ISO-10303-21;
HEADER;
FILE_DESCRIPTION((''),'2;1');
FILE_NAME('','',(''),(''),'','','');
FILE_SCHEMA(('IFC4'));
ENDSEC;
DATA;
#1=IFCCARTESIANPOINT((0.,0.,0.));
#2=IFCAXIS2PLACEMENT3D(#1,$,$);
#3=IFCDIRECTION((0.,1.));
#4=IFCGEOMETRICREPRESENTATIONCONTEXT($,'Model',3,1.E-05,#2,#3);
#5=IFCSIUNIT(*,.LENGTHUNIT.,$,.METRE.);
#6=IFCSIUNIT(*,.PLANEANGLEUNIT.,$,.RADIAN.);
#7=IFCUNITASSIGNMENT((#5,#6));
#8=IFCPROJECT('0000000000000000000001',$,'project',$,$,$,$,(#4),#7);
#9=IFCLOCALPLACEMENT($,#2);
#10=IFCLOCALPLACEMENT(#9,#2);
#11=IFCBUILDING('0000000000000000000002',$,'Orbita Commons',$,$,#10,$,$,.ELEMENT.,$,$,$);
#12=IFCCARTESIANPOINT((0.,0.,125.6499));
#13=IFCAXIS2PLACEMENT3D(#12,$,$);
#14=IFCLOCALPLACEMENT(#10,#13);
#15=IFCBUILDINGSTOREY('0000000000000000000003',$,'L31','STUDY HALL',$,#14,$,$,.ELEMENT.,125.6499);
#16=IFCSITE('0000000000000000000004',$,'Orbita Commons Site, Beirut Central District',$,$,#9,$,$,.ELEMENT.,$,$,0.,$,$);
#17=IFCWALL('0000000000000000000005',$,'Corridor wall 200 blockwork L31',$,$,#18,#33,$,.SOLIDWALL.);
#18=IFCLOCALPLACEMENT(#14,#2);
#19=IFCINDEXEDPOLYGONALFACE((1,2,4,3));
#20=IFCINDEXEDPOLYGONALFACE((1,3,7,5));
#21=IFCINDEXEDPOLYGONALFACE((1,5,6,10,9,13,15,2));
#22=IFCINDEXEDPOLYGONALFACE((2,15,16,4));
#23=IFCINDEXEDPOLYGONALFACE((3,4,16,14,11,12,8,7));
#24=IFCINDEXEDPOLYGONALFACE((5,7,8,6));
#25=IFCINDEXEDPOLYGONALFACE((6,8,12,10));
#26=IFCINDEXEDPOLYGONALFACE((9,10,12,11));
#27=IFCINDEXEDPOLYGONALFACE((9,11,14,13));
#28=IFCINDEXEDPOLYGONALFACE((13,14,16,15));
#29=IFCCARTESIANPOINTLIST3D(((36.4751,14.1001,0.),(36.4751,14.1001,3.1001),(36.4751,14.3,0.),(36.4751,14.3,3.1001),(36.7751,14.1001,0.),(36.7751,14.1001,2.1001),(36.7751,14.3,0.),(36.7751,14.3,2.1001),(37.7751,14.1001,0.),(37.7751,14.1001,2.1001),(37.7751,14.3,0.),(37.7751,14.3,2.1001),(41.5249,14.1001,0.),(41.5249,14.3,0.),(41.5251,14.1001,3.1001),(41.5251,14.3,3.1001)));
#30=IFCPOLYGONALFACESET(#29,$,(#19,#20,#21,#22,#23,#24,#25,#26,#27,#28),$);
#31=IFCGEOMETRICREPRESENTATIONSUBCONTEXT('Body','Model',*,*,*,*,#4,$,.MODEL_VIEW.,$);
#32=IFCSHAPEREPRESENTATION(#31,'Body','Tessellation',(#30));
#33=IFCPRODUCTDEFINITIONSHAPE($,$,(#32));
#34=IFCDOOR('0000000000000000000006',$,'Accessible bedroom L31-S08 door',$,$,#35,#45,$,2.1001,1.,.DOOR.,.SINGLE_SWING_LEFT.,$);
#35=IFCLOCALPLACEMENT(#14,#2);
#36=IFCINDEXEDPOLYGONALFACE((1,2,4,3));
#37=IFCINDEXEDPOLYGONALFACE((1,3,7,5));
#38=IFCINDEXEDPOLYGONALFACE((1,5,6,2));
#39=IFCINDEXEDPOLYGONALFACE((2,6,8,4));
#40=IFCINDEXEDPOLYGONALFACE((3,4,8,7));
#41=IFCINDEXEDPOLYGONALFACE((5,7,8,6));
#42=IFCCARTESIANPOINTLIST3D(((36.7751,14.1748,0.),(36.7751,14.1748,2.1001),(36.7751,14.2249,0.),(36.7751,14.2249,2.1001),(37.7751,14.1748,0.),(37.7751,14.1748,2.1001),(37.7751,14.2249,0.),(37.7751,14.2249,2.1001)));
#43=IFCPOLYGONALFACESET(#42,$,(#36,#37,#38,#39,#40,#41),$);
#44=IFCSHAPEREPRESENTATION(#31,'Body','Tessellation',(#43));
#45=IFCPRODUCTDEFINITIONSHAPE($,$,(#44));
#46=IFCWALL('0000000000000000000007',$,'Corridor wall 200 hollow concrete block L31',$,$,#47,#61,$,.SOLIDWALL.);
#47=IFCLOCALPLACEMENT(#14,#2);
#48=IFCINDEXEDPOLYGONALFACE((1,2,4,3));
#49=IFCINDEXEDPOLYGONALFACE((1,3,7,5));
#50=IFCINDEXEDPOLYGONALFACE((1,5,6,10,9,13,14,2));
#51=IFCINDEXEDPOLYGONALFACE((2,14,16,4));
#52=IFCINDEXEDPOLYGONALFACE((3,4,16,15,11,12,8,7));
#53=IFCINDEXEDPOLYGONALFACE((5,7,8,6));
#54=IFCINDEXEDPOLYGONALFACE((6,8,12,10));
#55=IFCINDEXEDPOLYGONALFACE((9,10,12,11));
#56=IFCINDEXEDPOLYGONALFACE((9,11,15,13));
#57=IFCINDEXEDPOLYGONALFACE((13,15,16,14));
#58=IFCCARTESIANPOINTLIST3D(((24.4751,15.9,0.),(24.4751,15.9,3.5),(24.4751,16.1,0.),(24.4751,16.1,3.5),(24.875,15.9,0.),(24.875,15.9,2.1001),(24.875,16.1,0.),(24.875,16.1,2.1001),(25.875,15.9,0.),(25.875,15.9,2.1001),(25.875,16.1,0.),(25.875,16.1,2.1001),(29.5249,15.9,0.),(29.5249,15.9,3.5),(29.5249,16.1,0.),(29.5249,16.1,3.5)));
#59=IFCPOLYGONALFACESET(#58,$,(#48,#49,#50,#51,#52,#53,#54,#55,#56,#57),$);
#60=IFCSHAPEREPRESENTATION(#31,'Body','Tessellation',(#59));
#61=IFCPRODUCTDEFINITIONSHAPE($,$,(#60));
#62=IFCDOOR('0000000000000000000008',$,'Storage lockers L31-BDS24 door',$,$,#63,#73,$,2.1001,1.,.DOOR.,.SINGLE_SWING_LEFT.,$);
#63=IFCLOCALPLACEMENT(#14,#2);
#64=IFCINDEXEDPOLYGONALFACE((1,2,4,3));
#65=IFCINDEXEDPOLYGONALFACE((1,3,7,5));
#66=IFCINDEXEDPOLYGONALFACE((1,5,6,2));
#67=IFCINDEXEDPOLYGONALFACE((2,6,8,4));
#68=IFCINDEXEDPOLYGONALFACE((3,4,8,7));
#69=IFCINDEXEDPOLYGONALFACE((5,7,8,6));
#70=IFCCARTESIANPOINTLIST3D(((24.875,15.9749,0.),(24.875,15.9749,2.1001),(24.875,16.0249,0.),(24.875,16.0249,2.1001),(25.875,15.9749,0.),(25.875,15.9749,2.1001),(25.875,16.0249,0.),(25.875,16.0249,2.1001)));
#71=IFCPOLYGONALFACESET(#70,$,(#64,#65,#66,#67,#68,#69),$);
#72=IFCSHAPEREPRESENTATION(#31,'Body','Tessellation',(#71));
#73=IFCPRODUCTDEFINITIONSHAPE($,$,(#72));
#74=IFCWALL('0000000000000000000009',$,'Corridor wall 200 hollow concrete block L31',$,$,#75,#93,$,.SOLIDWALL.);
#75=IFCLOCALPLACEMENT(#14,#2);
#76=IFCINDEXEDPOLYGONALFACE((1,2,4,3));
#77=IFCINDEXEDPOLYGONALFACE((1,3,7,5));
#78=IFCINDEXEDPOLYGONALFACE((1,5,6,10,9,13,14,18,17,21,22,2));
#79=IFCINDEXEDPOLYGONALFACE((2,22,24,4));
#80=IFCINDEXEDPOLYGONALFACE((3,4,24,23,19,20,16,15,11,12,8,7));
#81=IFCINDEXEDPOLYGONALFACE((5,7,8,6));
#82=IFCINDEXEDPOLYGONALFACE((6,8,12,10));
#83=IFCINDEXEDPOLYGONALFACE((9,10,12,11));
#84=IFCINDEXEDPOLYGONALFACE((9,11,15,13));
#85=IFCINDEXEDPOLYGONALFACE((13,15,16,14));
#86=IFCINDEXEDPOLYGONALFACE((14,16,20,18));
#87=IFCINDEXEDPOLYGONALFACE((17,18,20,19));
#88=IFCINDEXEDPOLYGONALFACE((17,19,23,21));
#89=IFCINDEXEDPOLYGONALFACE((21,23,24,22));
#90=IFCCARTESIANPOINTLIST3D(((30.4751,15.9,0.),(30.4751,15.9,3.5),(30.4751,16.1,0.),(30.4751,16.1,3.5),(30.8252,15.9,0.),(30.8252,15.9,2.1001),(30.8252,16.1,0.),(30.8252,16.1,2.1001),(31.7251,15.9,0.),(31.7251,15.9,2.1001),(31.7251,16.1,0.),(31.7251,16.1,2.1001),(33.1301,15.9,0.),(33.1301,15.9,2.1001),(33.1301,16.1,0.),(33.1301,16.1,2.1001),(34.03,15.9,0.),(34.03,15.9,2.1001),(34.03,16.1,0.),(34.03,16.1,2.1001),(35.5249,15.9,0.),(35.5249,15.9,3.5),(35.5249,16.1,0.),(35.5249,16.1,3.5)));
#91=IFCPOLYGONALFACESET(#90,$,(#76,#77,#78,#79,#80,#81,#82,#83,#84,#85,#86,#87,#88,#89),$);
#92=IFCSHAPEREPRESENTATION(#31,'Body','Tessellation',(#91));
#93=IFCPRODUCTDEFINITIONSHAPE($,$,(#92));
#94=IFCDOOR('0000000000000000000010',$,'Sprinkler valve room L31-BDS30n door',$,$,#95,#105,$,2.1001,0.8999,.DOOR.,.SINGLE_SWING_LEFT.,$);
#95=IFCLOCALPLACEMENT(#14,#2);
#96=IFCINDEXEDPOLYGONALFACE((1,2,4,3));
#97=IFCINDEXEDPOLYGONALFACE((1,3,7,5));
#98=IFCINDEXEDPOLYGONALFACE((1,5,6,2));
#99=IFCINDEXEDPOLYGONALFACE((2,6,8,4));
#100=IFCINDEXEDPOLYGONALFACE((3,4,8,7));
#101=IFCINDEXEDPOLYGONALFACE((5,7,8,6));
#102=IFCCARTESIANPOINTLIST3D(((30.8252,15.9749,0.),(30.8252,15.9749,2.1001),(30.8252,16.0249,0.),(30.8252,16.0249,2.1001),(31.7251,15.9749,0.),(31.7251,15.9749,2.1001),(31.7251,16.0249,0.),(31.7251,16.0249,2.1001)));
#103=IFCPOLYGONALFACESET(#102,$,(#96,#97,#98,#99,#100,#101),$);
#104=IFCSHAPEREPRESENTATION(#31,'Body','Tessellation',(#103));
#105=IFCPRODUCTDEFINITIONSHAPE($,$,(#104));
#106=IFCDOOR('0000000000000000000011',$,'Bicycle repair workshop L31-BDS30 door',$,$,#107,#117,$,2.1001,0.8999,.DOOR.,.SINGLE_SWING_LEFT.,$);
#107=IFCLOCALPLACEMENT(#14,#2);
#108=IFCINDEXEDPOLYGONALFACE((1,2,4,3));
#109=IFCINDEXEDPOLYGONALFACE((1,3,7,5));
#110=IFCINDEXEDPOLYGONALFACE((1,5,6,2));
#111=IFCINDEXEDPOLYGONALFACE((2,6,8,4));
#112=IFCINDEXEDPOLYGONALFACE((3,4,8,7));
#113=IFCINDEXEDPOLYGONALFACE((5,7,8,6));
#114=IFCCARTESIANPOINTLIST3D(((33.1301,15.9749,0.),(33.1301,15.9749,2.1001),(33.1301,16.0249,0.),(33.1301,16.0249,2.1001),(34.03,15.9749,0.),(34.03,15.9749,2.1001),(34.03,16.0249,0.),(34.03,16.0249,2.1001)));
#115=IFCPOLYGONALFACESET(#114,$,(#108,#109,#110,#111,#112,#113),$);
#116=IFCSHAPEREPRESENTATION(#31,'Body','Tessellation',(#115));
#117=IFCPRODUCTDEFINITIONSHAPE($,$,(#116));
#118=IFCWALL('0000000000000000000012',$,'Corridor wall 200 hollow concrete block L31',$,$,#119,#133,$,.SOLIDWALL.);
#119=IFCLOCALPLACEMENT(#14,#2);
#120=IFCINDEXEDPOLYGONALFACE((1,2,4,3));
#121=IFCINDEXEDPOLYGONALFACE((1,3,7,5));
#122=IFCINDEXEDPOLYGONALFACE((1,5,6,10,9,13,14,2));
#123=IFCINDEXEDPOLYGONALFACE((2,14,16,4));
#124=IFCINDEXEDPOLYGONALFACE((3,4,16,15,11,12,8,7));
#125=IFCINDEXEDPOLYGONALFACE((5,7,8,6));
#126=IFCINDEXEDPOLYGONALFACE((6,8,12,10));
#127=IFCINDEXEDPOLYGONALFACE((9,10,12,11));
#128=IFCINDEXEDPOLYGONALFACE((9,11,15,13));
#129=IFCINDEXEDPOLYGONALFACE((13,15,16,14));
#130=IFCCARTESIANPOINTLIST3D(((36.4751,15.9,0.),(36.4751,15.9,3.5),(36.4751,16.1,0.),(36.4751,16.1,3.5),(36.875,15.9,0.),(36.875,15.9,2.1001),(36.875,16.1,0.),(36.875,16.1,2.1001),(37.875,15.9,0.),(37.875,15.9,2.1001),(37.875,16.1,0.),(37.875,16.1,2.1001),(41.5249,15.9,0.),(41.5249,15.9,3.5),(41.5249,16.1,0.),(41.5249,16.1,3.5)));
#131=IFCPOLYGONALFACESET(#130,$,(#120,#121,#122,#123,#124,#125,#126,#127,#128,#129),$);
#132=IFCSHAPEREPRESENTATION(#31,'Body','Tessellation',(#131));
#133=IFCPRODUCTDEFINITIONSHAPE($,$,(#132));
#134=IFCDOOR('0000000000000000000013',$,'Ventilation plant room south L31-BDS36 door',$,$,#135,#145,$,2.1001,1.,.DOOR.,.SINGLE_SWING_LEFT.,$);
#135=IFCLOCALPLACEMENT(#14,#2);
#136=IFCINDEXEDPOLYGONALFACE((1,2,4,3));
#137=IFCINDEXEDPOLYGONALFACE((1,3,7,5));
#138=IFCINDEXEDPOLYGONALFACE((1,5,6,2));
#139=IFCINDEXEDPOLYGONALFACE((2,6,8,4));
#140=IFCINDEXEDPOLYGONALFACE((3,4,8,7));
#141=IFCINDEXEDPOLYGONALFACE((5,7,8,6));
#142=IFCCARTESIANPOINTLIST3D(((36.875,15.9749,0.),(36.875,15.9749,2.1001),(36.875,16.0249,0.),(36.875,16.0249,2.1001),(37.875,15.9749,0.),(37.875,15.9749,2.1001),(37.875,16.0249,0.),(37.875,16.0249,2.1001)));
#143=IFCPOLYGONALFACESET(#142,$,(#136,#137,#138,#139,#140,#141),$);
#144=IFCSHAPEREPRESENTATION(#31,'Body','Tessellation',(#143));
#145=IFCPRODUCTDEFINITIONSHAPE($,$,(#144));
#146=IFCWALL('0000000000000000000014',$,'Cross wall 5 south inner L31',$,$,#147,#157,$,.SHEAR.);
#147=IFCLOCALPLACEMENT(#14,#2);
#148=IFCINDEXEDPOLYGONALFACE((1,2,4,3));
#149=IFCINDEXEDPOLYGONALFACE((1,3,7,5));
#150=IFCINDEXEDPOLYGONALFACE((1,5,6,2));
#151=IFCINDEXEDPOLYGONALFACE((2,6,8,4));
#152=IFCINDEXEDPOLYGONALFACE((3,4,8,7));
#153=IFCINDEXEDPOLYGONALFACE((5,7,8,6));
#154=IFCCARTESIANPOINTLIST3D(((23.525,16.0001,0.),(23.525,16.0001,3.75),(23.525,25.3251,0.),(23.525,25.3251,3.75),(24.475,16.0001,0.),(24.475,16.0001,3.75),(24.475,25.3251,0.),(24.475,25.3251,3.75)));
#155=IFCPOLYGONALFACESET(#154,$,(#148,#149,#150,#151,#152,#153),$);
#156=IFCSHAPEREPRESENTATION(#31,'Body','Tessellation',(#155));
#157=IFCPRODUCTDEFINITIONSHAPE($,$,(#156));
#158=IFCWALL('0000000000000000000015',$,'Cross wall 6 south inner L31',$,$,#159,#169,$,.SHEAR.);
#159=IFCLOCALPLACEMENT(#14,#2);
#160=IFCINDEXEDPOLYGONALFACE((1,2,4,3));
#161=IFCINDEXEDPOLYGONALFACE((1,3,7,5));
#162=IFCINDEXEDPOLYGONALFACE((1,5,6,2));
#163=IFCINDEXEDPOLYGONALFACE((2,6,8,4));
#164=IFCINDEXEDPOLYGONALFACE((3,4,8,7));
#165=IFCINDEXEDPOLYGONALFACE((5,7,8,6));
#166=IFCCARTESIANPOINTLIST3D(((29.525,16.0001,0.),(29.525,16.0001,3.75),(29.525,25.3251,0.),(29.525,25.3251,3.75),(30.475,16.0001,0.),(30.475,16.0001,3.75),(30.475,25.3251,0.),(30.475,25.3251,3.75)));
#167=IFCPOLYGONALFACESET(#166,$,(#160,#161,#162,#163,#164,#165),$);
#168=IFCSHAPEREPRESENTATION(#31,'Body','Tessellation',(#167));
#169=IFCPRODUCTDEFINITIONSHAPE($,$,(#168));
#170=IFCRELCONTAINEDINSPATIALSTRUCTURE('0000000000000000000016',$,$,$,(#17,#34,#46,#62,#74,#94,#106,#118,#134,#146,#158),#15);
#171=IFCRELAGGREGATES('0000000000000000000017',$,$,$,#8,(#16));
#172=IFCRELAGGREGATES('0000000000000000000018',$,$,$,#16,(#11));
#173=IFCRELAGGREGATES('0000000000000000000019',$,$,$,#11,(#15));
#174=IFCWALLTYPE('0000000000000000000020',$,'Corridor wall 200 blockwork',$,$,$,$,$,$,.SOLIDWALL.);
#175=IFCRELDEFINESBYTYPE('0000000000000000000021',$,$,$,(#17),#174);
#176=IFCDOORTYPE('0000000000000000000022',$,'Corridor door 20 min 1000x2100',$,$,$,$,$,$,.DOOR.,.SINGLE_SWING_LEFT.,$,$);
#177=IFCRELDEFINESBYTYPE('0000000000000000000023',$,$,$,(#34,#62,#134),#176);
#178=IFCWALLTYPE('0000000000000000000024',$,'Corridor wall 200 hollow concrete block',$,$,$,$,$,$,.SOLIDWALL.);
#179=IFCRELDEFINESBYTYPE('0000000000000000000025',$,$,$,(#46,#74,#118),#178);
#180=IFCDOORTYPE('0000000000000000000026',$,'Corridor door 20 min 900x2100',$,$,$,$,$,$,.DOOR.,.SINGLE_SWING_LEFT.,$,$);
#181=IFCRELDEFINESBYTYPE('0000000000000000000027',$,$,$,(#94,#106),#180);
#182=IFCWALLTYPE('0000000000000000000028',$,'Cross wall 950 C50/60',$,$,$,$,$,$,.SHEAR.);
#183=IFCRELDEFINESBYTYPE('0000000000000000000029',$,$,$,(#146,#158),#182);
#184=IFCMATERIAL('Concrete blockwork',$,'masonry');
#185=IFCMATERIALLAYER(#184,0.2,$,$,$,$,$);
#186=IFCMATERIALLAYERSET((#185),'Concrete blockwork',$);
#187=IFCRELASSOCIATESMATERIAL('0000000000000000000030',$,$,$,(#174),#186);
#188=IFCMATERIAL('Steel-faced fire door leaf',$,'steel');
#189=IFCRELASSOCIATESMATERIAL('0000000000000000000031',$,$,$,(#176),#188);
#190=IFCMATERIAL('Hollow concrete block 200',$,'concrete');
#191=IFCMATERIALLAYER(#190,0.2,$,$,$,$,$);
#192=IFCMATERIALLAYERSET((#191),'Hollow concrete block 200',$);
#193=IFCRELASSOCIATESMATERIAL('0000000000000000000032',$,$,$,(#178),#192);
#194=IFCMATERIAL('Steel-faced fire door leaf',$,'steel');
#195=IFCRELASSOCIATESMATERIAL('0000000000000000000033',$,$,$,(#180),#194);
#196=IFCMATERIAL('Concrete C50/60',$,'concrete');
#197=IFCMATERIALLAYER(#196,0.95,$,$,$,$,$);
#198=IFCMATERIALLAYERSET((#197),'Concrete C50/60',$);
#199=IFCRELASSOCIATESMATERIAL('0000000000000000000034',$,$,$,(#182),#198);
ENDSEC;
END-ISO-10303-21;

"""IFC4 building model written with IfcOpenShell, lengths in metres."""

from ifc_helpers import new_model, si_unit, direction, frame, frame_2d, origin, place, context, subcontext, project, spatial, polyline, rectangle, outline, extrude, material, layer, layer_set, type_object, element, fill, save


model = new_model("IFC4")

# Units and contexts
model_context = context("Model", 3, precision=1e-05, world=origin(), true_north=direction((0.0, 1.0)))
body_context = subcontext(model_context, "Body", "Model", "MODEL_VIEW")
ifc_project = project(units=[si_unit("LENGTHUNIT", "METRE"), si_unit("PLANEANGLEUNIT", "RADIAN")], contexts=[model_context])

# Site, building, storey
site_placement = place(None, origin())
site = spatial("IfcSite", under=ifc_project, at=site_placement, Name="Orbita Commons Site, Beirut Central District", CompositionType="ELEMENT", RefElevation=0.0)
building_placement = place(site_placement, origin())
building = spatial("IfcBuilding", under=site, at=building_placement, Name="Orbita Commons", CompositionType="ELEMENT")
storey_placement = place(building_placement, frame((0.0, 0.0, 125.6499)))
storey = spatial("IfcBuildingStorey", under=building, at=storey_placement, Name="L31", Description="STUDY HALL", CompositionType="ELEMENT", Elevation=125.6499)

# Walls, openings, doors
ifc_material_1 = material(Name="Concrete blockwork", Category="masonry")
ifc_layer_1 = layer(ifc_material_1, 0.2)
ifc_layer_set_1 = layer_set([ifc_layer_1], Name="Concrete blockwork")
wall_type_1 = type_object("IfcWallType", Name="Corridor wall 200 blockwork", PredefinedType="SOLIDWALL", material=ifc_layer_set_1)
ifc_material_2 = material(Name="Steel-faced fire door leaf", Category="steel")
door_type_1 = type_object("IfcDoorType", Name="Corridor door 20 min 1000x2100", OperationType="SINGLE_SWING_LEFT", PredefinedType="DOOR", material=ifc_material_2)
wall_1_placement = place(storey_placement, frame((36.4751, 14.2, 0.0), z_axis=(0.0, 0.0, 1.0), x_axis=(1.0, 0.0, 0.0)))
wall_1 = element("IfcWall", 1, at=wall_1_placement, inside=storey, type_object=wall_type_1, Name="Corridor wall 200 blockwork L31", PredefinedType="SOLIDWALL", context=body_context, shape_type="SweptSolid", body=[
    extrude(outline(polyline([(0.0, 0.0), (5.0498, 0.0), (5.05, 3.1001), (0.0, 3.1001), (0.0, 0.0)])), frame((0.0, 0.1001, 0.0), z_axis=(0.0, -1.0, 0.0), x_axis=(1.0, 0.0, 0.0)), (0.0, 0.0, 1.0), 0.2),
])
opening_1_placement = place(wall_1_placement, frame((0.3, 0.0, 0.0)))
opening_1 = element("IfcOpeningElement", 2, at=opening_1_placement, cuts=wall_1, PredefinedType="OPENING", context=body_context, shape_type="SweptSolid", body=[
    extrude(rectangle(XDim=1.0, YDim=2.1001, at=frame_2d((0.5, 1.05))), frame((0.0, 0.1099, 0.0), z_axis=(0.0, -1.0, 0.0), x_axis=(1.0, 0.0, 0.0)), (0.0, 0.0, 1.0), 0.22),
])
door_1_placement = place(opening_1_placement, origin())
door_1 = element("IfcDoor", 3, at=door_1_placement, inside=storey, type_object=door_type_1, Name="Accessible bedroom L31-S08 door", OperationType="SINGLE_SWING_LEFT", OverallHeight=2.1001, OverallWidth=1.0, PredefinedType="DOOR", context=body_context, shape_type="SweptSolid", body=[
    extrude(rectangle(XDim=1.0, YDim=2.1001, at=frame_2d((0.5, 1.05))), frame((0.0, 0.0249, 0.0), z_axis=(0.0, -1.0, 0.0), x_axis=(1.0, 0.0, 0.0)), (0.0, 0.0, 1.0), 0.05),
])
fill(opening_1, door_1)
ifc_material_3 = material(Name="Hollow concrete block 200", Category="concrete")
ifc_layer_2 = layer(ifc_material_3, 0.2)
ifc_layer_set_2 = layer_set([ifc_layer_2], Name="Hollow concrete block 200")
wall_type_2 = type_object("IfcWallType", Name="Corridor wall 200 hollow concrete block", PredefinedType="SOLIDWALL", material=ifc_layer_set_2)
wall_2_placement = place(storey_placement, frame((24.4751, 16.0, 0.0), z_axis=(0.0, 0.0, 1.0), x_axis=(1.0, 0.0, 0.0)))
wall_2 = element("IfcWall", 4, at=wall_2_placement, inside=storey, type_object=wall_type_2, Name="Corridor wall 200 hollow concrete block L31", PredefinedType="SOLIDWALL", context=body_context, shape_type="SweptSolid", body=[
    extrude(rectangle(XDim=5.0498, YDim=0.2, at=frame_2d((2.5249, 0.0))), origin(), (0.0, 0.0, 1.0), 3.5),
])
opening_2_placement = place(wall_2_placement, frame((0.3999, 0.0, 0.0)))
opening_2 = element("IfcOpeningElement", 5, at=opening_2_placement, cuts=wall_2, PredefinedType="OPENING", context=body_context, shape_type="SweptSolid", body=[
    extrude(rectangle(XDim=1.0, YDim=2.1001, at=frame_2d((0.5, 1.05))), frame((0.0, 0.1099, 0.0), z_axis=(0.0, -1.0, 0.0), x_axis=(1.0, 0.0, 0.0)), (0.0, 0.0, 1.0), 0.22),
])
door_2_placement = place(opening_2_placement, origin())
door_2 = element("IfcDoor", 6, at=door_2_placement, inside=storey, type_object=door_type_1, Name="Storage lockers L31-BDS24 door", OperationType="SINGLE_SWING_LEFT", OverallHeight=2.1001, OverallWidth=1.0, PredefinedType="DOOR", context=body_context, shape_type="SweptSolid", body=[
    extrude(rectangle(XDim=1.0, YDim=2.1001, at=frame_2d((0.5, 1.05))), frame((0.0, 0.0249, 0.0), z_axis=(0.0, -1.0, 0.0), x_axis=(1.0, 0.0, 0.0)), (0.0, 0.0, 1.0), 0.05),
])
fill(opening_2, door_2)

# Wall, openings, doors
wall_3_placement = place(storey_placement, frame((30.4751, 16.0, 0.0), z_axis=(0.0, 0.0, 1.0), x_axis=(1.0, 0.0, 0.0)))
wall_3 = element("IfcWall", 7, at=wall_3_placement, inside=storey, type_object=wall_type_2, Name="Corridor wall 200 hollow concrete block L31", PredefinedType="SOLIDWALL", context=body_context, shape_type="SweptSolid", body=[
    extrude(rectangle(XDim=5.0498, YDim=0.2, at=frame_2d((2.5249, 0.0))), origin(), (0.0, 0.0, 1.0), 3.5),
])
opening_3_placement = place(wall_3_placement, frame((0.3501, 0.0, 0.0)))
opening_3 = element("IfcOpeningElement", 8, at=opening_3_placement, cuts=wall_3, PredefinedType="OPENING", context=body_context, shape_type="SweptSolid", body=[
    extrude(rectangle(XDim=0.8999, YDim=2.1001, at=frame_2d((0.45, 1.05))), frame((0.0, 0.1099, 0.0), z_axis=(0.0, -1.0, 0.0), x_axis=(1.0, 0.0, 0.0)), (0.0, 0.0, 1.0), 0.22),
])
opening_4_placement = place(wall_3_placement, frame((2.655, 0.0, 0.0)))
opening_4 = element("IfcOpeningElement", 9, at=opening_4_placement, cuts=wall_3, PredefinedType="OPENING", context=body_context, shape_type="SweptSolid", body=[
    extrude(rectangle(XDim=0.8999, YDim=2.1001, at=frame_2d((0.45, 1.05))), frame((0.0, 0.1099, 0.0), z_axis=(0.0, -1.0, 0.0), x_axis=(1.0, 0.0, 0.0)), (0.0, 0.0, 1.0), 0.22),
])
ifc_material_4 = material(Name="Steel-faced fire door leaf", Category="steel")
door_type_2 = type_object("IfcDoorType", Name="Corridor door 20 min 900x2100", OperationType="SINGLE_SWING_LEFT", PredefinedType="DOOR", material=ifc_material_4)
door_3_placement = place(opening_3_placement, origin())
door_3 = element("IfcDoor", 10, at=door_3_placement, inside=storey, type_object=door_type_2, Name="Sprinkler valve room L31-BDS30n door", OperationType="SINGLE_SWING_LEFT", OverallHeight=2.1001, OverallWidth=0.8999, PredefinedType="DOOR", context=body_context, shape_type="SweptSolid", body=[
    extrude(rectangle(XDim=0.8999, YDim=2.1001, at=frame_2d((0.45, 1.05))), frame((0.0, 0.0249, 0.0), z_axis=(0.0, -1.0, 0.0), x_axis=(1.0, 0.0, 0.0)), (0.0, 0.0, 1.0), 0.05),
])
fill(opening_3, door_3)
door_4_placement = place(opening_4_placement, origin())
door_4 = element("IfcDoor", 11, at=door_4_placement, inside=storey, type_object=door_type_2, Name="Bicycle repair workshop L31-BDS30 door", OperationType="SINGLE_SWING_LEFT", OverallHeight=2.1001, OverallWidth=0.8999, PredefinedType="DOOR", context=body_context, shape_type="SweptSolid", body=[
    extrude(rectangle(XDim=0.8999, YDim=2.1001, at=frame_2d((0.45, 1.05))), frame((0.0, 0.0249, 0.0), z_axis=(0.0, -1.0, 0.0), x_axis=(1.0, 0.0, 0.0)), (0.0, 0.0, 1.0), 0.05),
])
fill(opening_4, door_4)

# Wall, opening, door
wall_4_placement = place(storey_placement, frame((36.4751, 16.0, 0.0), z_axis=(0.0, 0.0, 1.0), x_axis=(1.0, 0.0, 0.0)))
wall_4 = element("IfcWall", 12, at=wall_4_placement, inside=storey, type_object=wall_type_2, Name="Corridor wall 200 hollow concrete block L31", PredefinedType="SOLIDWALL", context=body_context, shape_type="SweptSolid", body=[
    extrude(rectangle(XDim=5.0498, YDim=0.2, at=frame_2d((2.5249, 0.0))), origin(), (0.0, 0.0, 1.0), 3.5),
])
opening_5_placement = place(wall_4_placement, frame((0.3999, 0.0, 0.0)))
opening_5 = element("IfcOpeningElement", 13, at=opening_5_placement, cuts=wall_4, PredefinedType="OPENING", context=body_context, shape_type="SweptSolid", body=[
    extrude(rectangle(XDim=1.0, YDim=2.1001, at=frame_2d((0.5, 1.05))), frame((0.0, 0.1099, 0.0), z_axis=(0.0, -1.0, 0.0), x_axis=(1.0, 0.0, 0.0)), (0.0, 0.0, 1.0), 0.22),
])
door_5_placement = place(opening_5_placement, origin())
door_5 = element("IfcDoor", 14, at=door_5_placement, inside=storey, type_object=door_type_1, Name="Ventilation plant room south L31-BDS36 door", OperationType="SINGLE_SWING_LEFT", OverallHeight=2.1001, OverallWidth=1.0, PredefinedType="DOOR", context=body_context, shape_type="SweptSolid", body=[
    extrude(rectangle(XDim=1.0, YDim=2.1001, at=frame_2d((0.5, 1.05))), frame((0.0, 0.0249, 0.0), z_axis=(0.0, -1.0, 0.0), x_axis=(1.0, 0.0, 0.0)), (0.0, 0.0, 1.0), 0.05),
])
fill(opening_5, door_5)

# Walls
ifc_material_5 = material(Name="Concrete C50/60", Category="concrete")
ifc_layer_3 = layer(ifc_material_5, 0.95)
ifc_layer_set_3 = layer_set([ifc_layer_3], Name="Concrete C50/60")
wall_type_3 = type_object("IfcWallType", Name="Cross wall 950 C50/60", PredefinedType="SHEAR", material=ifc_layer_set_3)
for number, where, z_axis, x_axis, name in (
    (15, (24.0, 16.0, 0.0), (0.0, 0.0, 1.0), (0.0, 1.0, 0.0), "Cross wall 5 south inner L31"),
    (16, (30.0, 16.0, 0.0), (0.0, 0.0, 1.0), (0.0, 1.0, 0.0), "Cross wall 6 south inner L31"),
):
    element("IfcWall", number, at=place(storey_placement, frame(where, z_axis=z_axis, x_axis=x_axis)), inside=storey, type_object=wall_type_3, Name=name, PredefinedType="SHEAR", context=body_context, shape_type="SweptSolid", body=[
        extrude(rectangle(XDim=9.325, YDim=0.95, at=frame_2d((4.6626, 0.0))), origin(), (0.0, 0.0, 1.0), 3.75),
    ])

save(model, "model.ifc")
